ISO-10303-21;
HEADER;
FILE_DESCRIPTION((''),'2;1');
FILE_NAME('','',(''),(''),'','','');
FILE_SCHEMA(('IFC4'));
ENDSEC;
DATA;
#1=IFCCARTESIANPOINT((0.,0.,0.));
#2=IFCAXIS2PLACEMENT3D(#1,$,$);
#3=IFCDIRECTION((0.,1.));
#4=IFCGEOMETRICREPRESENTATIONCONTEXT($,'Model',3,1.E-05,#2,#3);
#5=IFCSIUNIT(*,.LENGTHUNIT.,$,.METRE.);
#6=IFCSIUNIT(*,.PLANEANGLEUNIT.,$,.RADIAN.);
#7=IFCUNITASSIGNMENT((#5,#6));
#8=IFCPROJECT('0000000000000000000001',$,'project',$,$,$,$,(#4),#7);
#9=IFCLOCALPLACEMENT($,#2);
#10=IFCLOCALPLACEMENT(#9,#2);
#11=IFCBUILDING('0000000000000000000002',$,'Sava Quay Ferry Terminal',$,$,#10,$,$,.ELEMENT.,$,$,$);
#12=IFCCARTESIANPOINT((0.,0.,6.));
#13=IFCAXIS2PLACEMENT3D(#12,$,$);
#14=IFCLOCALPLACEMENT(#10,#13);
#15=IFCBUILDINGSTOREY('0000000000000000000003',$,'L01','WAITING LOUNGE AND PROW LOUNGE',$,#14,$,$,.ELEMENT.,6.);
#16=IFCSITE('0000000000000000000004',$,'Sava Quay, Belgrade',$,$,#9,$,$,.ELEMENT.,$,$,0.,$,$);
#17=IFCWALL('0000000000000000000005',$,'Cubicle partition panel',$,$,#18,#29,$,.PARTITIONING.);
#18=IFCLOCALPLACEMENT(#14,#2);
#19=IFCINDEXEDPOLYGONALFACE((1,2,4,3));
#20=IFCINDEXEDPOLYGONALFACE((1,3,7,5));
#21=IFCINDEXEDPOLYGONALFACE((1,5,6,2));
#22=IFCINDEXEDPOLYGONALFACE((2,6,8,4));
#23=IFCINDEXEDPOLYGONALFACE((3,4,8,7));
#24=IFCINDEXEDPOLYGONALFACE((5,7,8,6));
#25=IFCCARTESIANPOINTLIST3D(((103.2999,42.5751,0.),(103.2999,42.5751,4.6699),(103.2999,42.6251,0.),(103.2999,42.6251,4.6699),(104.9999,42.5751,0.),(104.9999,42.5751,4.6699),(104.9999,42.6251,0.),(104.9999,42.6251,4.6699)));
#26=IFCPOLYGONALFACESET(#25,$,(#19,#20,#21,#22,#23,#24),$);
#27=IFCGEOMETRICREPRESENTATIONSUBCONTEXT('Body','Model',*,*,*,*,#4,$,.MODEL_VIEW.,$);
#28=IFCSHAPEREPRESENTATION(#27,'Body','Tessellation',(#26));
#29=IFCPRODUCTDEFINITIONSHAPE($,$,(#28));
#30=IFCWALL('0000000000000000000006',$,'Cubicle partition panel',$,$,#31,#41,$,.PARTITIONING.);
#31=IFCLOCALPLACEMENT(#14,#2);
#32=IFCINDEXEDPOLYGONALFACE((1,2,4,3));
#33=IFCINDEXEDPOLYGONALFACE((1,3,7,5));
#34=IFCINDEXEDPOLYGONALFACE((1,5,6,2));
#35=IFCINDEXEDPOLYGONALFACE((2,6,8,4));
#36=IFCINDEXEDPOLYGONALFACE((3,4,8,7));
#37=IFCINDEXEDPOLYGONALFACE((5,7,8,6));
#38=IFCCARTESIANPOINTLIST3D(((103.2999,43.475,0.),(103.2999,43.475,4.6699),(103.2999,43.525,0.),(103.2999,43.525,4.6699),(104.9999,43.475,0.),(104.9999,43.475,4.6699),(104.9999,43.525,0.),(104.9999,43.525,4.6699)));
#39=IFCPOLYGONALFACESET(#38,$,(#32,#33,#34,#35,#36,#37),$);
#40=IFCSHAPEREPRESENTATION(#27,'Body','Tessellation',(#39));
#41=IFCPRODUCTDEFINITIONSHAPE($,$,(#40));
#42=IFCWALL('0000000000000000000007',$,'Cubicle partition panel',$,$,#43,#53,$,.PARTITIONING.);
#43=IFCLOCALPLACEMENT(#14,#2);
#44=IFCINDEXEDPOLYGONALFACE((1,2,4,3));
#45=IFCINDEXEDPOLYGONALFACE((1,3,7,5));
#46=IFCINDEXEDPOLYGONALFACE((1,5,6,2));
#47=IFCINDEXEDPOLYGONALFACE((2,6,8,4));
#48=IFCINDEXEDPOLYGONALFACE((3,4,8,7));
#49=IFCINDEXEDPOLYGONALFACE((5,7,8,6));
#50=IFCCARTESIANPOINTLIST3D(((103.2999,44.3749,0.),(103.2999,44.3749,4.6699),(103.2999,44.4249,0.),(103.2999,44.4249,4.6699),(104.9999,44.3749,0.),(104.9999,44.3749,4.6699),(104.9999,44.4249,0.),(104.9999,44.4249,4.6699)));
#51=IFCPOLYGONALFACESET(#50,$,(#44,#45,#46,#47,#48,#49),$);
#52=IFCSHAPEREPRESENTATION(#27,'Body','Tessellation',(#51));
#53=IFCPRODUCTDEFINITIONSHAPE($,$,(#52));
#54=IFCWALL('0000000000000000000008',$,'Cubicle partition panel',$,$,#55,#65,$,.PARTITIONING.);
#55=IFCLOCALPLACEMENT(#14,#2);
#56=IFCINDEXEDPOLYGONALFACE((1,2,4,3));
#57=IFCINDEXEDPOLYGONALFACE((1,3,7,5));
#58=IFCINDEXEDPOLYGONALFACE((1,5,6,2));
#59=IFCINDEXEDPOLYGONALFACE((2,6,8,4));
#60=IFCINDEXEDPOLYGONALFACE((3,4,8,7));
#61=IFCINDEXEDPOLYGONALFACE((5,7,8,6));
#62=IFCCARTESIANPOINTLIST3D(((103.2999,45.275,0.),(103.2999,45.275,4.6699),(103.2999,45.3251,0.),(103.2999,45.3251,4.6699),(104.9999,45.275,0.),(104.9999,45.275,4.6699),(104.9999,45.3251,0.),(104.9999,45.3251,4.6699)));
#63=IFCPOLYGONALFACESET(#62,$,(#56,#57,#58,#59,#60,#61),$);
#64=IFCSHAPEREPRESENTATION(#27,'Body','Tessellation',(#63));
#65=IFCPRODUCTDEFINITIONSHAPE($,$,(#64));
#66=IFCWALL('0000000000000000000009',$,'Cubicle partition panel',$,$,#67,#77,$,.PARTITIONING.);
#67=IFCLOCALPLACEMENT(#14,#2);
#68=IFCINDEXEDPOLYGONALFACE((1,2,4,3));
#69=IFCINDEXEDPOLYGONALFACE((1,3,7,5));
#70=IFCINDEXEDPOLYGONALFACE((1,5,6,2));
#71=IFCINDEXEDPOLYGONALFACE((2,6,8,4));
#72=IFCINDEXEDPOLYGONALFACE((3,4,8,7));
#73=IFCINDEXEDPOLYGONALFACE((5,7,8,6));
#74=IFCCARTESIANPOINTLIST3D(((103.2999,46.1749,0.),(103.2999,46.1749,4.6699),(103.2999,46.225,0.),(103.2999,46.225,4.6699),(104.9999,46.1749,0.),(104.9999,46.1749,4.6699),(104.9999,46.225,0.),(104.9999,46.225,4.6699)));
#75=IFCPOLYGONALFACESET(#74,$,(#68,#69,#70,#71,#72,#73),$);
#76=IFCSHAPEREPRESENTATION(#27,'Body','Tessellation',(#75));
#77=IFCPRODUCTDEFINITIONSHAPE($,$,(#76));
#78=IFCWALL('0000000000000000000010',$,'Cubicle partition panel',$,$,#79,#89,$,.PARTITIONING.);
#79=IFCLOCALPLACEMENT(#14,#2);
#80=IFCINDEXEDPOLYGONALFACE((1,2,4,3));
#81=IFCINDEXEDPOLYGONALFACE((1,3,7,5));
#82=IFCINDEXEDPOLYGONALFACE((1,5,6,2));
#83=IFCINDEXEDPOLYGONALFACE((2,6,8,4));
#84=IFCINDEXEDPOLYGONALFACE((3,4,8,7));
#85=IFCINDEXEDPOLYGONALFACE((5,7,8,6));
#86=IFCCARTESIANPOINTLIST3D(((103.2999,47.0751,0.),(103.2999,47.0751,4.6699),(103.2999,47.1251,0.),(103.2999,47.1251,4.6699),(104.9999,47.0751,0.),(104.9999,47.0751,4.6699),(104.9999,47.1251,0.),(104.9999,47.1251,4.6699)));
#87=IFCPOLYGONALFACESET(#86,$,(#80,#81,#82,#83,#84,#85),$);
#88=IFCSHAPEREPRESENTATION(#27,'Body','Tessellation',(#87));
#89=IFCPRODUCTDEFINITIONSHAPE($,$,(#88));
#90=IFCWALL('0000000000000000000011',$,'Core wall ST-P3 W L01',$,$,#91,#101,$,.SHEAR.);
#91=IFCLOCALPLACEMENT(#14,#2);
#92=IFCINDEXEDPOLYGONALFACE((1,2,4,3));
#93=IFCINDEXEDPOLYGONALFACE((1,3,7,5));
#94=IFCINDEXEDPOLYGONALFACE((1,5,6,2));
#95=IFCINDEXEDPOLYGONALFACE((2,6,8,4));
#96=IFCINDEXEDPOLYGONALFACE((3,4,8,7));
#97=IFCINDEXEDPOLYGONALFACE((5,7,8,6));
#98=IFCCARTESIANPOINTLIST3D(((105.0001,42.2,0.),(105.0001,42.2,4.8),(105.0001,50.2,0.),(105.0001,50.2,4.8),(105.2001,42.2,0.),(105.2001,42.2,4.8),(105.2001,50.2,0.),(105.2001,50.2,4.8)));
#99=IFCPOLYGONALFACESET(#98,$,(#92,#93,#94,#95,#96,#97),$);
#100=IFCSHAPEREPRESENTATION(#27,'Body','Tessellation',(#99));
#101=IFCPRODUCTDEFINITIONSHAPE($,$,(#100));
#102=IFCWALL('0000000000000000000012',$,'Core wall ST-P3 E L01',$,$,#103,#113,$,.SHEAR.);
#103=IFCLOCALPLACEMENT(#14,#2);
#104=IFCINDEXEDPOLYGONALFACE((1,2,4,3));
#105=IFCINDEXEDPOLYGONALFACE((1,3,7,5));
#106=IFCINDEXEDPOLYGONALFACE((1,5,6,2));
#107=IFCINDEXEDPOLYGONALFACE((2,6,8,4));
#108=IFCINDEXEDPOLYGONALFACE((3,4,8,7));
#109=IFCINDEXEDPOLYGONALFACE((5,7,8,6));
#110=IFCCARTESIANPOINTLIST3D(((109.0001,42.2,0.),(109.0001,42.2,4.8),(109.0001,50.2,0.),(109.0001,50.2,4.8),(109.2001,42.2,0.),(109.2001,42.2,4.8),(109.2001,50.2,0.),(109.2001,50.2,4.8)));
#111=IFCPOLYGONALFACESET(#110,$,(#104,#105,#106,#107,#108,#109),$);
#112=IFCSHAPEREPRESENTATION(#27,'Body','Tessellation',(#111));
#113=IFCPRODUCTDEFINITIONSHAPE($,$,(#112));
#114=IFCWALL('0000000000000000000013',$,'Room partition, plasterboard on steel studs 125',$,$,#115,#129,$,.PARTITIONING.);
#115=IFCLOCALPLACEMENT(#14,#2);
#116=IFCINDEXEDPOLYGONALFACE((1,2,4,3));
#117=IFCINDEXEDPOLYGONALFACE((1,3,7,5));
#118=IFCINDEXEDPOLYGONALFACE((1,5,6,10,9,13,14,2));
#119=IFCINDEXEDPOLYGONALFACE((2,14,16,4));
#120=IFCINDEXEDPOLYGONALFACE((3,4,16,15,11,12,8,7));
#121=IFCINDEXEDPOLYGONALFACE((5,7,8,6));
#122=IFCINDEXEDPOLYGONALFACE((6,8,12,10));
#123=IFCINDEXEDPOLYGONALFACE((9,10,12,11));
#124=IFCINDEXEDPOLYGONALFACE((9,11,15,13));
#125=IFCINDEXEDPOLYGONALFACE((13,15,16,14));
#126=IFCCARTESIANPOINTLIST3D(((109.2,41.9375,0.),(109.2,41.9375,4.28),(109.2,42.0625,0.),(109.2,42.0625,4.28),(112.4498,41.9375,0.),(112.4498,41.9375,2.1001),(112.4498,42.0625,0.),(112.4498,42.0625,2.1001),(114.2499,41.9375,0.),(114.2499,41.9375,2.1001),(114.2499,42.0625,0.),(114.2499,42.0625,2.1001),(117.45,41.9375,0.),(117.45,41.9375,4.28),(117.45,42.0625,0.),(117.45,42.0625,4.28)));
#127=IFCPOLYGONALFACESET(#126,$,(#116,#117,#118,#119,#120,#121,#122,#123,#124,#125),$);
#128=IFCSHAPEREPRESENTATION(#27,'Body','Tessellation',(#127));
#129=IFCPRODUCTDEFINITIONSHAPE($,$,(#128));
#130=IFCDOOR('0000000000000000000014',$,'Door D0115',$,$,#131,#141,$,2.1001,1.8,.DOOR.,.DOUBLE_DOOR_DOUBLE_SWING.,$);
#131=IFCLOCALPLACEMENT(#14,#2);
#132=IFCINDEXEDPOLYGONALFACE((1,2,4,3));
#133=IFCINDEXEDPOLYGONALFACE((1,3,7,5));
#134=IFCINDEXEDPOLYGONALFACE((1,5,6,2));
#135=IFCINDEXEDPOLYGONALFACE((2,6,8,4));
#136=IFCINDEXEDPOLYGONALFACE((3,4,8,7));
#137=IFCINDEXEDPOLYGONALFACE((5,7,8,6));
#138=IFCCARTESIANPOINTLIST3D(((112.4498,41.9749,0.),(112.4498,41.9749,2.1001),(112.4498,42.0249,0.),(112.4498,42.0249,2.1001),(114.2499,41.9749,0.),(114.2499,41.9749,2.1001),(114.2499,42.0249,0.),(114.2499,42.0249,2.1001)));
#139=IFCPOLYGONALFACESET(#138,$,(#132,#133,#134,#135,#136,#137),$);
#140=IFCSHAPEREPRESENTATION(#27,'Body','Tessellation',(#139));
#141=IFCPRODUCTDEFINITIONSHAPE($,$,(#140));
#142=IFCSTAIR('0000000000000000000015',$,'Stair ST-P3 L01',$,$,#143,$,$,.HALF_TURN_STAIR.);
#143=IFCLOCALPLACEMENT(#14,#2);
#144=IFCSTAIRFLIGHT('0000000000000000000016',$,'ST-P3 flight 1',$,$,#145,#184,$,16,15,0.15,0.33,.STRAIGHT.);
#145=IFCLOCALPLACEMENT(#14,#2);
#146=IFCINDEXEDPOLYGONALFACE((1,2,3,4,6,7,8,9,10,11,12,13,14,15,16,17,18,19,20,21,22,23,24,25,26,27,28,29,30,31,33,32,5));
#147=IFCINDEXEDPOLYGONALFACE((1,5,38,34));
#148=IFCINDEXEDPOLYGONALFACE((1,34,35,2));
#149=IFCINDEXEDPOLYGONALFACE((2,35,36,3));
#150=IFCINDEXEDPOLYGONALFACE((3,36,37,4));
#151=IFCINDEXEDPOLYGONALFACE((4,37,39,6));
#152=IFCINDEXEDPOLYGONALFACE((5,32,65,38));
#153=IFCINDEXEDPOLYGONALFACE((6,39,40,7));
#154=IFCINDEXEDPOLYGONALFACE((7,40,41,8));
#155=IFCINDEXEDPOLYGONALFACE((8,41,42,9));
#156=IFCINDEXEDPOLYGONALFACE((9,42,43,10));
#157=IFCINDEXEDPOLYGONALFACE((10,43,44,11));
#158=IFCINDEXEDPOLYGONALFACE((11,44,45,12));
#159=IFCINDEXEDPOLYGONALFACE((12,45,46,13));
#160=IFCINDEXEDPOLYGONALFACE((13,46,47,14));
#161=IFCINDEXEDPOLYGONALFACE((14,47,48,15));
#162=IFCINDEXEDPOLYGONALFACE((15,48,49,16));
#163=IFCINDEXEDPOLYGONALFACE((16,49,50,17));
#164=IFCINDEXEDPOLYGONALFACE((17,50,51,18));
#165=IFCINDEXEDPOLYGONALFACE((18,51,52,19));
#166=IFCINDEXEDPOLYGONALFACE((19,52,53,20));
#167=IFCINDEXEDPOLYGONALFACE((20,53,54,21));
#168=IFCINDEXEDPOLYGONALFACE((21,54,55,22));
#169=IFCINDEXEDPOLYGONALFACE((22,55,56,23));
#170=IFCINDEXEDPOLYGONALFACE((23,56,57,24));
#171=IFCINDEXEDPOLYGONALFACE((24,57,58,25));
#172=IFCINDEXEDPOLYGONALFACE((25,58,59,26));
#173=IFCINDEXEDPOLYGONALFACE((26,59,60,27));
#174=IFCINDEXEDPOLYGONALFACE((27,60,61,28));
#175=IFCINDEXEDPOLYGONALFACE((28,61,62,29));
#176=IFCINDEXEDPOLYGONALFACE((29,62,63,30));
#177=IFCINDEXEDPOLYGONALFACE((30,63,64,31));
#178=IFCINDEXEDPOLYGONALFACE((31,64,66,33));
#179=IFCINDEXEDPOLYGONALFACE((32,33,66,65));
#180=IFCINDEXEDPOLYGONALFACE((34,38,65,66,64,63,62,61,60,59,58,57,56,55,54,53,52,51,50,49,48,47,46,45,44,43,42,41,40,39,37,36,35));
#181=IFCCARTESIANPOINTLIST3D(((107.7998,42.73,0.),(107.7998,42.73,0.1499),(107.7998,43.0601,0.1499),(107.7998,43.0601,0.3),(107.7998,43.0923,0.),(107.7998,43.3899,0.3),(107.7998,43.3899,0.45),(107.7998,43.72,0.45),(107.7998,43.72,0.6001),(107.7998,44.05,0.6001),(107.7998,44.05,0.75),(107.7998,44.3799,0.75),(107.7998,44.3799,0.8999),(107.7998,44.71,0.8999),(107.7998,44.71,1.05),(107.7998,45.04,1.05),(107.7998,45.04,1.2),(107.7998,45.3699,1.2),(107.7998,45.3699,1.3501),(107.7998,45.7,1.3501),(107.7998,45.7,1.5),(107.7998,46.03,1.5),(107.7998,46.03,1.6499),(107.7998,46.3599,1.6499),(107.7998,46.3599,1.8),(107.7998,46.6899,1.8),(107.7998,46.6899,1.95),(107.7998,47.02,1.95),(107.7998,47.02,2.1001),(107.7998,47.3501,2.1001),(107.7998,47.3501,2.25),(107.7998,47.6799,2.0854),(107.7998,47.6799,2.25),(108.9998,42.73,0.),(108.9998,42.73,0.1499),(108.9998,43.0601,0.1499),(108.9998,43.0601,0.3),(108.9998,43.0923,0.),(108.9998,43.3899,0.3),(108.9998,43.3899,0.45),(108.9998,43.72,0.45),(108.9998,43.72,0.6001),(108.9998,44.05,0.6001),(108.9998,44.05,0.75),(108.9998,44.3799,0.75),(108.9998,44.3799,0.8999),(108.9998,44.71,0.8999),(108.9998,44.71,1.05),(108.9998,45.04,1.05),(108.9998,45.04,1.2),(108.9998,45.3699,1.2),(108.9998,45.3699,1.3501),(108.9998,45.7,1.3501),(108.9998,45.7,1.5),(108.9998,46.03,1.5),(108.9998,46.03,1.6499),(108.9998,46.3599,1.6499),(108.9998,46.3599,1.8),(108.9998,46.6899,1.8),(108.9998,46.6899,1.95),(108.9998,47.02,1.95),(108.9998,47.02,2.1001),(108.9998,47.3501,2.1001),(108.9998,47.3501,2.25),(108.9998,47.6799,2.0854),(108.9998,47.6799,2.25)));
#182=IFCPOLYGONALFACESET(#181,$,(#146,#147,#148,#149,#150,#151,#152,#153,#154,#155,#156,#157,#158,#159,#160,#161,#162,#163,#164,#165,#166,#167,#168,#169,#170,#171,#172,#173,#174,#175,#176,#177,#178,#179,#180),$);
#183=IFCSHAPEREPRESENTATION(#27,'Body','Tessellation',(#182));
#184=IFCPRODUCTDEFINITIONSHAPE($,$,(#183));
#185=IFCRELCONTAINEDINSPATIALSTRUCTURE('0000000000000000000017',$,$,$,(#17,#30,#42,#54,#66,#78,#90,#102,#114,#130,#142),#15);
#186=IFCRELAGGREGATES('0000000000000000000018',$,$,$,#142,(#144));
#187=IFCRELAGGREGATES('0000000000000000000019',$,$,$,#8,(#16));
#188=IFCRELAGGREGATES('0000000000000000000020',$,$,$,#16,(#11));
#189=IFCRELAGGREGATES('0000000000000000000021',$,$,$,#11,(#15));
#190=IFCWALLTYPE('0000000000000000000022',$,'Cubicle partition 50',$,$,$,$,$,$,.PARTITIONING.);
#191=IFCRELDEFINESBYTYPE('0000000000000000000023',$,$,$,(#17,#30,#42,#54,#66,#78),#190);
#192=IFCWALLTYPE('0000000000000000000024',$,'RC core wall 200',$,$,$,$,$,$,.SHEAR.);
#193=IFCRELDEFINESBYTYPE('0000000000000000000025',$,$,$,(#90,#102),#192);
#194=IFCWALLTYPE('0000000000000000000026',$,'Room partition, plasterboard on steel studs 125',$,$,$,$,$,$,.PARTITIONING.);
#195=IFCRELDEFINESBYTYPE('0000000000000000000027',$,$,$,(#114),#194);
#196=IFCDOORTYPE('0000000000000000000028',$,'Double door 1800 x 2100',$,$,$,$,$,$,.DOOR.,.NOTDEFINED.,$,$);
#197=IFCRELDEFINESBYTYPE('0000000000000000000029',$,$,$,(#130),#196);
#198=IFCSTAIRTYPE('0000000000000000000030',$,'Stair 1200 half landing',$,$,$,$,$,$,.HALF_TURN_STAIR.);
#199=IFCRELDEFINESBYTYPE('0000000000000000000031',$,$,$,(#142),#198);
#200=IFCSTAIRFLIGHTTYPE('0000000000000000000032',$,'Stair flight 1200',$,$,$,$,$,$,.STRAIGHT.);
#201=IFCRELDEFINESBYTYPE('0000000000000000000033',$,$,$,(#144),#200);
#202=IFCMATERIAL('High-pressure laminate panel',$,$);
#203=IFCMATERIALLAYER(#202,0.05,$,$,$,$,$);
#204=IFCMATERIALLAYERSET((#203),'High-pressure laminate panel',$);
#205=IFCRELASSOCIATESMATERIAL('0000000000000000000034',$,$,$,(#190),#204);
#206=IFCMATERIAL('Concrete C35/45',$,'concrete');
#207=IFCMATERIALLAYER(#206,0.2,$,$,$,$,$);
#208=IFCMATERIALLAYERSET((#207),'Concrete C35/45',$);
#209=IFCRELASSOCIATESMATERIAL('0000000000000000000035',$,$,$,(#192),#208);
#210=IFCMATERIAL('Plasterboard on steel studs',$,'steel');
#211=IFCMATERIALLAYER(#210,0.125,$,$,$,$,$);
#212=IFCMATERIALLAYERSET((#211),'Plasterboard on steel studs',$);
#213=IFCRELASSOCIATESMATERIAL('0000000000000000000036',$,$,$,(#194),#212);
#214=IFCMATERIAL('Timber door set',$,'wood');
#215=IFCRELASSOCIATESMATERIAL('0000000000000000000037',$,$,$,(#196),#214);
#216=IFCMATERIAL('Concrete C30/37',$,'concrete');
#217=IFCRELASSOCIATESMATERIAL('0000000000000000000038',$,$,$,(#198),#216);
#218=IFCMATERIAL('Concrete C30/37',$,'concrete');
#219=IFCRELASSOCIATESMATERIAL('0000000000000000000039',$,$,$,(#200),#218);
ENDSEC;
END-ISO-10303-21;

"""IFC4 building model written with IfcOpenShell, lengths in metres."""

from ifc_helpers import new_model, si_unit, direction, frame, frame_2d, origin, place, context, subcontext, project, spatial, polyline, rectangle, outline, extrude, material, layer, layer_set, type_object, element, fill, aggregate, save


model = new_model("IFC4")

# Units and contexts
model_context = context("Model", 3, precision=1e-05, world=origin(), true_north=direction((0.0, 1.0)))
body_context = subcontext(model_context, "Body", "Model", "MODEL_VIEW")
ifc_project = project(units=[si_unit("LENGTHUNIT", "METRE"), si_unit("PLANEANGLEUNIT", "RADIAN")], contexts=[model_context])

# Site, building, storey
site_placement = place(None, origin())
site = spatial("IfcSite", under=ifc_project, at=site_placement, Name="Sava Quay, Belgrade", CompositionType="ELEMENT", RefElevation=0.0)
building_placement = place(site_placement, origin())
building = spatial("IfcBuilding", under=site, at=building_placement, Name="Sava Quay Ferry Terminal", CompositionType="ELEMENT")
storey_placement = place(building_placement, frame((0.0, 0.0, 6.0)))
storey = spatial("IfcBuildingStorey", under=building, at=storey_placement, Name="L01", Description="WAITING LOUNGE AND PROW LOUNGE", CompositionType="ELEMENT", Elevation=6.0)

# Walls
ifc_material_1 = material(Name="High-pressure laminate panel")
ifc_layer_1 = layer(ifc_material_1, 0.05)
ifc_layer_set_1 = layer_set([ifc_layer_1], Name="High-pressure laminate panel")
wall_type_1 = type_object("IfcWallType", Name="Cubicle partition 50", PredefinedType="PARTITIONING", material=ifc_layer_set_1)
for number, where, z_axis, x_axis, name in (
    (1, (105.0, 42.6001, 0.0), (0.0, 0.0, 1.0), (-1.0, 0.0, 0.0), "Cubicle partition panel"),
    (2, (105.0, 43.5, 0.0), (0.0, 0.0, 1.0), (-1.0, 0.0, 0.0), "Cubicle partition panel"),
    (3, (105.0, 44.3999, 0.0), (0.0, 0.0, 1.0), (-1.0, 0.0, 0.0), "Cubicle partition panel"),
    (4, (105.0, 45.3, 0.0), (0.0, 0.0, 1.0), (-1.0, 0.0, 0.0), "Cubicle partition panel"),
    (5, (105.0, 46.2, 0.0), (0.0, 0.0, 1.0), (-1.0, 0.0, 0.0), "Cubicle partition panel"),
    (6, (105.0, 47.1001, 0.0), (0.0, 0.0, 1.0), (-1.0, 0.0, 0.0), "Cubicle partition panel"),
):
    element("IfcWall", number, at=place(storey_placement, frame(where, z_axis=z_axis, x_axis=x_axis)), inside=storey, type_object=wall_type_1, Name=name, PredefinedType="PARTITIONING", context=body_context, shape_type="SweptSolid", body=[
        extrude(rectangle(XDim=1.7, YDim=0.05, at=frame_2d((0.8501, 0.0))), origin(), (0.0, 0.0, 1.0), 4.6699),
    ])

# Shared definitions
ifc_material_2 = material(Name="Concrete C35/45", Category="concrete")
ifc_layer_2 = layer(ifc_material_2, 0.2)
ifc_layer_set_2 = layer_set([ifc_layer_2], Name="Concrete C35/45")
wall_type_2 = type_object("IfcWallType", Name="RC core wall 200", PredefinedType="SHEAR", material=ifc_layer_set_2)

# Walls
for number, where, z_axis, x_axis, name in (
    (7, (105.1001, 42.2, 0.0), (0.0, 0.0, 1.0), (0.0, 1.0, 0.0), "Core wall ST-P3 W L01"),
    (8, (109.1001, 42.2, 0.0), (0.0, 0.0, 1.0), (0.0, 1.0, 0.0), "Core wall ST-P3 E L01"),
):
    element("IfcWall", number, at=place(storey_placement, frame(where, z_axis=z_axis, x_axis=x_axis)), inside=storey, type_object=wall_type_2, Name=name, PredefinedType="SHEAR", context=body_context, shape_type="SweptSolid", body=[
        extrude(rectangle(XDim=8.0, YDim=0.2, at=frame_2d((4.0, 0.0))), origin(), (0.0, 0.0, 1.0), 4.8),
    ])

# Wall, opening, door
ifc_material_3 = material(Name="Plasterboard on steel studs", Category="steel")
ifc_layer_3 = layer(ifc_material_3, 0.125)
ifc_layer_set_3 = layer_set([ifc_layer_3], Name="Plasterboard on steel studs")
wall_type_3 = type_object("IfcWallType", Name="Room partition, plasterboard on steel studs 125", PredefinedType="PARTITIONING", material=ifc_layer_set_3)
wall_1_placement = place(storey_placement, frame((109.2, 42.0, 0.0), z_axis=(0.0, 0.0, 1.0), x_axis=(1.0, 0.0, 0.0)))
wall_1 = element("IfcWall", 9, at=wall_1_placement, inside=storey, type_object=wall_type_3, Name="Room partition, plasterboard on steel studs 125", PredefinedType="PARTITIONING", context=body_context, shape_type="SweptSolid", body=[
    extrude(rectangle(XDim=8.25, YDim=0.125, at=frame_2d((4.125, 0.0))), origin(), (0.0, 0.0, 1.0), 4.28),
])
opening_1_placement = place(wall_1_placement, frame((3.25, 0.0, 0.0)))
opening_1 = element("IfcOpeningElement", 10, at=opening_1_placement, cuts=wall_1, PredefinedType="OPENING", context=body_context, shape_type="SweptSolid", body=[
    extrude(rectangle(XDim=1.8, YDim=2.1001, at=frame_2d((0.8999, 1.05))), frame((0.0, 0.0625, 0.0), z_axis=(0.0, -1.0, 0.0), x_axis=(1.0, 0.0, 0.0)), (0.0, 0.0, 1.0), 0.125),
])
ifc_material_4 = material(Name="Timber door set", Category="wood")
door_type_1 = type_object("IfcDoorType", Name="Double door 1800 x 2100", OperationType="NOTDEFINED", PredefinedType="DOOR", material=ifc_material_4)
door_1_placement = place(opening_1_placement, origin())
door_1 = element("IfcDoor", 11, at=door_1_placement, inside=storey, type_object=door_type_1, Name="Door D0115", OperationType="DOUBLE_DOOR_DOUBLE_SWING", OverallHeight=2.1001, OverallWidth=1.8, PredefinedType="DOOR", context=body_context, shape_type="SweptSolid", body=[
    extrude(rectangle(XDim=1.8, YDim=2.1001, at=frame_2d((0.8999, 1.05))), frame((0.0, 0.0249, 0.0), z_axis=(0.0, -1.0, 0.0), x_axis=(1.0, 0.0, 0.0)), (0.0, 0.0, 1.0), 0.05),
])
fill(opening_1, door_1)

# Stair, stair flight
ifc_material_5 = material(Name="Concrete C30/37", Category="concrete")
stair_type = type_object("IfcStairType", Name="Stair 1200 half landing", PredefinedType="HALF_TURN_STAIR", material=ifc_material_5)
stair_placement = place(storey_placement, origin())
stair = element("IfcStair", 12, at=stair_placement, inside=storey, type_object=stair_type, Name="Stair ST-P3 L01", PredefinedType="HALF_TURN_STAIR")
ifc_material_6 = material(Name="Concrete C30/37", Category="concrete")
stair_flight_type = type_object("IfcStairFlightType", Name="Stair flight 1200", PredefinedType="STRAIGHT", material=ifc_material_6)
stair_flight_1_placement = place(storey_placement, frame((108.3999, 42.73, 0.0), z_axis=(0.0, 0.0, 1.0), x_axis=(0.0, 1.0, 0.0)))
stair_flight_1 = element("IfcStairFlight", 13, at=stair_flight_1_placement, type_object=stair_flight_type, Name="ST-P3 flight 1", NumberOfRisers=16, NumberOfTreads=15, PredefinedType="STRAIGHT", RiserHeight=0.15, TreadLength=0.33, context=body_context, shape_type="SweptSolid", body=[
    extrude(outline(polyline([(0.0, 0.0), (0.0, 0.1499), (0.3301, 0.1499), (0.3301, 0.3), (0.6599, 0.3), (0.6599, 0.45), (0.99, 0.45), (0.99, 0.6001), (1.3201, 0.6001), (1.3201, 0.75), (1.6499, 0.75), (1.6499, 0.8999), (1.98, 0.8999), (1.98, 1.05), (2.3101, 1.05), (2.3101, 1.2), (2.6399, 1.2), (2.6399, 1.3501), (2.97, 1.3501), (2.97, 1.5), (3.3, 1.5), (3.3, 1.6499), (3.6299, 1.6499), (3.6299, 1.8), (3.96, 1.8), (3.96, 1.95), (4.29, 1.95), (4.29, 2.1001), (4.6201, 2.1001), (4.6201, 2.25), (4.95, 2.25), (4.95, 2.3999), (4.95, 2.0854), (0.3623, 0.0), (0.0, 0.0)])), frame((0.0, 0.6001, 0.0), z_axis=(0.0, -1.0, 0.0), x_axis=(1.0, 0.0, 0.0)), (0.0, 0.0, 1.0), 1.2),
])
aggregate(stair, [stair_flight_1])

save(model, "model.ifc")
